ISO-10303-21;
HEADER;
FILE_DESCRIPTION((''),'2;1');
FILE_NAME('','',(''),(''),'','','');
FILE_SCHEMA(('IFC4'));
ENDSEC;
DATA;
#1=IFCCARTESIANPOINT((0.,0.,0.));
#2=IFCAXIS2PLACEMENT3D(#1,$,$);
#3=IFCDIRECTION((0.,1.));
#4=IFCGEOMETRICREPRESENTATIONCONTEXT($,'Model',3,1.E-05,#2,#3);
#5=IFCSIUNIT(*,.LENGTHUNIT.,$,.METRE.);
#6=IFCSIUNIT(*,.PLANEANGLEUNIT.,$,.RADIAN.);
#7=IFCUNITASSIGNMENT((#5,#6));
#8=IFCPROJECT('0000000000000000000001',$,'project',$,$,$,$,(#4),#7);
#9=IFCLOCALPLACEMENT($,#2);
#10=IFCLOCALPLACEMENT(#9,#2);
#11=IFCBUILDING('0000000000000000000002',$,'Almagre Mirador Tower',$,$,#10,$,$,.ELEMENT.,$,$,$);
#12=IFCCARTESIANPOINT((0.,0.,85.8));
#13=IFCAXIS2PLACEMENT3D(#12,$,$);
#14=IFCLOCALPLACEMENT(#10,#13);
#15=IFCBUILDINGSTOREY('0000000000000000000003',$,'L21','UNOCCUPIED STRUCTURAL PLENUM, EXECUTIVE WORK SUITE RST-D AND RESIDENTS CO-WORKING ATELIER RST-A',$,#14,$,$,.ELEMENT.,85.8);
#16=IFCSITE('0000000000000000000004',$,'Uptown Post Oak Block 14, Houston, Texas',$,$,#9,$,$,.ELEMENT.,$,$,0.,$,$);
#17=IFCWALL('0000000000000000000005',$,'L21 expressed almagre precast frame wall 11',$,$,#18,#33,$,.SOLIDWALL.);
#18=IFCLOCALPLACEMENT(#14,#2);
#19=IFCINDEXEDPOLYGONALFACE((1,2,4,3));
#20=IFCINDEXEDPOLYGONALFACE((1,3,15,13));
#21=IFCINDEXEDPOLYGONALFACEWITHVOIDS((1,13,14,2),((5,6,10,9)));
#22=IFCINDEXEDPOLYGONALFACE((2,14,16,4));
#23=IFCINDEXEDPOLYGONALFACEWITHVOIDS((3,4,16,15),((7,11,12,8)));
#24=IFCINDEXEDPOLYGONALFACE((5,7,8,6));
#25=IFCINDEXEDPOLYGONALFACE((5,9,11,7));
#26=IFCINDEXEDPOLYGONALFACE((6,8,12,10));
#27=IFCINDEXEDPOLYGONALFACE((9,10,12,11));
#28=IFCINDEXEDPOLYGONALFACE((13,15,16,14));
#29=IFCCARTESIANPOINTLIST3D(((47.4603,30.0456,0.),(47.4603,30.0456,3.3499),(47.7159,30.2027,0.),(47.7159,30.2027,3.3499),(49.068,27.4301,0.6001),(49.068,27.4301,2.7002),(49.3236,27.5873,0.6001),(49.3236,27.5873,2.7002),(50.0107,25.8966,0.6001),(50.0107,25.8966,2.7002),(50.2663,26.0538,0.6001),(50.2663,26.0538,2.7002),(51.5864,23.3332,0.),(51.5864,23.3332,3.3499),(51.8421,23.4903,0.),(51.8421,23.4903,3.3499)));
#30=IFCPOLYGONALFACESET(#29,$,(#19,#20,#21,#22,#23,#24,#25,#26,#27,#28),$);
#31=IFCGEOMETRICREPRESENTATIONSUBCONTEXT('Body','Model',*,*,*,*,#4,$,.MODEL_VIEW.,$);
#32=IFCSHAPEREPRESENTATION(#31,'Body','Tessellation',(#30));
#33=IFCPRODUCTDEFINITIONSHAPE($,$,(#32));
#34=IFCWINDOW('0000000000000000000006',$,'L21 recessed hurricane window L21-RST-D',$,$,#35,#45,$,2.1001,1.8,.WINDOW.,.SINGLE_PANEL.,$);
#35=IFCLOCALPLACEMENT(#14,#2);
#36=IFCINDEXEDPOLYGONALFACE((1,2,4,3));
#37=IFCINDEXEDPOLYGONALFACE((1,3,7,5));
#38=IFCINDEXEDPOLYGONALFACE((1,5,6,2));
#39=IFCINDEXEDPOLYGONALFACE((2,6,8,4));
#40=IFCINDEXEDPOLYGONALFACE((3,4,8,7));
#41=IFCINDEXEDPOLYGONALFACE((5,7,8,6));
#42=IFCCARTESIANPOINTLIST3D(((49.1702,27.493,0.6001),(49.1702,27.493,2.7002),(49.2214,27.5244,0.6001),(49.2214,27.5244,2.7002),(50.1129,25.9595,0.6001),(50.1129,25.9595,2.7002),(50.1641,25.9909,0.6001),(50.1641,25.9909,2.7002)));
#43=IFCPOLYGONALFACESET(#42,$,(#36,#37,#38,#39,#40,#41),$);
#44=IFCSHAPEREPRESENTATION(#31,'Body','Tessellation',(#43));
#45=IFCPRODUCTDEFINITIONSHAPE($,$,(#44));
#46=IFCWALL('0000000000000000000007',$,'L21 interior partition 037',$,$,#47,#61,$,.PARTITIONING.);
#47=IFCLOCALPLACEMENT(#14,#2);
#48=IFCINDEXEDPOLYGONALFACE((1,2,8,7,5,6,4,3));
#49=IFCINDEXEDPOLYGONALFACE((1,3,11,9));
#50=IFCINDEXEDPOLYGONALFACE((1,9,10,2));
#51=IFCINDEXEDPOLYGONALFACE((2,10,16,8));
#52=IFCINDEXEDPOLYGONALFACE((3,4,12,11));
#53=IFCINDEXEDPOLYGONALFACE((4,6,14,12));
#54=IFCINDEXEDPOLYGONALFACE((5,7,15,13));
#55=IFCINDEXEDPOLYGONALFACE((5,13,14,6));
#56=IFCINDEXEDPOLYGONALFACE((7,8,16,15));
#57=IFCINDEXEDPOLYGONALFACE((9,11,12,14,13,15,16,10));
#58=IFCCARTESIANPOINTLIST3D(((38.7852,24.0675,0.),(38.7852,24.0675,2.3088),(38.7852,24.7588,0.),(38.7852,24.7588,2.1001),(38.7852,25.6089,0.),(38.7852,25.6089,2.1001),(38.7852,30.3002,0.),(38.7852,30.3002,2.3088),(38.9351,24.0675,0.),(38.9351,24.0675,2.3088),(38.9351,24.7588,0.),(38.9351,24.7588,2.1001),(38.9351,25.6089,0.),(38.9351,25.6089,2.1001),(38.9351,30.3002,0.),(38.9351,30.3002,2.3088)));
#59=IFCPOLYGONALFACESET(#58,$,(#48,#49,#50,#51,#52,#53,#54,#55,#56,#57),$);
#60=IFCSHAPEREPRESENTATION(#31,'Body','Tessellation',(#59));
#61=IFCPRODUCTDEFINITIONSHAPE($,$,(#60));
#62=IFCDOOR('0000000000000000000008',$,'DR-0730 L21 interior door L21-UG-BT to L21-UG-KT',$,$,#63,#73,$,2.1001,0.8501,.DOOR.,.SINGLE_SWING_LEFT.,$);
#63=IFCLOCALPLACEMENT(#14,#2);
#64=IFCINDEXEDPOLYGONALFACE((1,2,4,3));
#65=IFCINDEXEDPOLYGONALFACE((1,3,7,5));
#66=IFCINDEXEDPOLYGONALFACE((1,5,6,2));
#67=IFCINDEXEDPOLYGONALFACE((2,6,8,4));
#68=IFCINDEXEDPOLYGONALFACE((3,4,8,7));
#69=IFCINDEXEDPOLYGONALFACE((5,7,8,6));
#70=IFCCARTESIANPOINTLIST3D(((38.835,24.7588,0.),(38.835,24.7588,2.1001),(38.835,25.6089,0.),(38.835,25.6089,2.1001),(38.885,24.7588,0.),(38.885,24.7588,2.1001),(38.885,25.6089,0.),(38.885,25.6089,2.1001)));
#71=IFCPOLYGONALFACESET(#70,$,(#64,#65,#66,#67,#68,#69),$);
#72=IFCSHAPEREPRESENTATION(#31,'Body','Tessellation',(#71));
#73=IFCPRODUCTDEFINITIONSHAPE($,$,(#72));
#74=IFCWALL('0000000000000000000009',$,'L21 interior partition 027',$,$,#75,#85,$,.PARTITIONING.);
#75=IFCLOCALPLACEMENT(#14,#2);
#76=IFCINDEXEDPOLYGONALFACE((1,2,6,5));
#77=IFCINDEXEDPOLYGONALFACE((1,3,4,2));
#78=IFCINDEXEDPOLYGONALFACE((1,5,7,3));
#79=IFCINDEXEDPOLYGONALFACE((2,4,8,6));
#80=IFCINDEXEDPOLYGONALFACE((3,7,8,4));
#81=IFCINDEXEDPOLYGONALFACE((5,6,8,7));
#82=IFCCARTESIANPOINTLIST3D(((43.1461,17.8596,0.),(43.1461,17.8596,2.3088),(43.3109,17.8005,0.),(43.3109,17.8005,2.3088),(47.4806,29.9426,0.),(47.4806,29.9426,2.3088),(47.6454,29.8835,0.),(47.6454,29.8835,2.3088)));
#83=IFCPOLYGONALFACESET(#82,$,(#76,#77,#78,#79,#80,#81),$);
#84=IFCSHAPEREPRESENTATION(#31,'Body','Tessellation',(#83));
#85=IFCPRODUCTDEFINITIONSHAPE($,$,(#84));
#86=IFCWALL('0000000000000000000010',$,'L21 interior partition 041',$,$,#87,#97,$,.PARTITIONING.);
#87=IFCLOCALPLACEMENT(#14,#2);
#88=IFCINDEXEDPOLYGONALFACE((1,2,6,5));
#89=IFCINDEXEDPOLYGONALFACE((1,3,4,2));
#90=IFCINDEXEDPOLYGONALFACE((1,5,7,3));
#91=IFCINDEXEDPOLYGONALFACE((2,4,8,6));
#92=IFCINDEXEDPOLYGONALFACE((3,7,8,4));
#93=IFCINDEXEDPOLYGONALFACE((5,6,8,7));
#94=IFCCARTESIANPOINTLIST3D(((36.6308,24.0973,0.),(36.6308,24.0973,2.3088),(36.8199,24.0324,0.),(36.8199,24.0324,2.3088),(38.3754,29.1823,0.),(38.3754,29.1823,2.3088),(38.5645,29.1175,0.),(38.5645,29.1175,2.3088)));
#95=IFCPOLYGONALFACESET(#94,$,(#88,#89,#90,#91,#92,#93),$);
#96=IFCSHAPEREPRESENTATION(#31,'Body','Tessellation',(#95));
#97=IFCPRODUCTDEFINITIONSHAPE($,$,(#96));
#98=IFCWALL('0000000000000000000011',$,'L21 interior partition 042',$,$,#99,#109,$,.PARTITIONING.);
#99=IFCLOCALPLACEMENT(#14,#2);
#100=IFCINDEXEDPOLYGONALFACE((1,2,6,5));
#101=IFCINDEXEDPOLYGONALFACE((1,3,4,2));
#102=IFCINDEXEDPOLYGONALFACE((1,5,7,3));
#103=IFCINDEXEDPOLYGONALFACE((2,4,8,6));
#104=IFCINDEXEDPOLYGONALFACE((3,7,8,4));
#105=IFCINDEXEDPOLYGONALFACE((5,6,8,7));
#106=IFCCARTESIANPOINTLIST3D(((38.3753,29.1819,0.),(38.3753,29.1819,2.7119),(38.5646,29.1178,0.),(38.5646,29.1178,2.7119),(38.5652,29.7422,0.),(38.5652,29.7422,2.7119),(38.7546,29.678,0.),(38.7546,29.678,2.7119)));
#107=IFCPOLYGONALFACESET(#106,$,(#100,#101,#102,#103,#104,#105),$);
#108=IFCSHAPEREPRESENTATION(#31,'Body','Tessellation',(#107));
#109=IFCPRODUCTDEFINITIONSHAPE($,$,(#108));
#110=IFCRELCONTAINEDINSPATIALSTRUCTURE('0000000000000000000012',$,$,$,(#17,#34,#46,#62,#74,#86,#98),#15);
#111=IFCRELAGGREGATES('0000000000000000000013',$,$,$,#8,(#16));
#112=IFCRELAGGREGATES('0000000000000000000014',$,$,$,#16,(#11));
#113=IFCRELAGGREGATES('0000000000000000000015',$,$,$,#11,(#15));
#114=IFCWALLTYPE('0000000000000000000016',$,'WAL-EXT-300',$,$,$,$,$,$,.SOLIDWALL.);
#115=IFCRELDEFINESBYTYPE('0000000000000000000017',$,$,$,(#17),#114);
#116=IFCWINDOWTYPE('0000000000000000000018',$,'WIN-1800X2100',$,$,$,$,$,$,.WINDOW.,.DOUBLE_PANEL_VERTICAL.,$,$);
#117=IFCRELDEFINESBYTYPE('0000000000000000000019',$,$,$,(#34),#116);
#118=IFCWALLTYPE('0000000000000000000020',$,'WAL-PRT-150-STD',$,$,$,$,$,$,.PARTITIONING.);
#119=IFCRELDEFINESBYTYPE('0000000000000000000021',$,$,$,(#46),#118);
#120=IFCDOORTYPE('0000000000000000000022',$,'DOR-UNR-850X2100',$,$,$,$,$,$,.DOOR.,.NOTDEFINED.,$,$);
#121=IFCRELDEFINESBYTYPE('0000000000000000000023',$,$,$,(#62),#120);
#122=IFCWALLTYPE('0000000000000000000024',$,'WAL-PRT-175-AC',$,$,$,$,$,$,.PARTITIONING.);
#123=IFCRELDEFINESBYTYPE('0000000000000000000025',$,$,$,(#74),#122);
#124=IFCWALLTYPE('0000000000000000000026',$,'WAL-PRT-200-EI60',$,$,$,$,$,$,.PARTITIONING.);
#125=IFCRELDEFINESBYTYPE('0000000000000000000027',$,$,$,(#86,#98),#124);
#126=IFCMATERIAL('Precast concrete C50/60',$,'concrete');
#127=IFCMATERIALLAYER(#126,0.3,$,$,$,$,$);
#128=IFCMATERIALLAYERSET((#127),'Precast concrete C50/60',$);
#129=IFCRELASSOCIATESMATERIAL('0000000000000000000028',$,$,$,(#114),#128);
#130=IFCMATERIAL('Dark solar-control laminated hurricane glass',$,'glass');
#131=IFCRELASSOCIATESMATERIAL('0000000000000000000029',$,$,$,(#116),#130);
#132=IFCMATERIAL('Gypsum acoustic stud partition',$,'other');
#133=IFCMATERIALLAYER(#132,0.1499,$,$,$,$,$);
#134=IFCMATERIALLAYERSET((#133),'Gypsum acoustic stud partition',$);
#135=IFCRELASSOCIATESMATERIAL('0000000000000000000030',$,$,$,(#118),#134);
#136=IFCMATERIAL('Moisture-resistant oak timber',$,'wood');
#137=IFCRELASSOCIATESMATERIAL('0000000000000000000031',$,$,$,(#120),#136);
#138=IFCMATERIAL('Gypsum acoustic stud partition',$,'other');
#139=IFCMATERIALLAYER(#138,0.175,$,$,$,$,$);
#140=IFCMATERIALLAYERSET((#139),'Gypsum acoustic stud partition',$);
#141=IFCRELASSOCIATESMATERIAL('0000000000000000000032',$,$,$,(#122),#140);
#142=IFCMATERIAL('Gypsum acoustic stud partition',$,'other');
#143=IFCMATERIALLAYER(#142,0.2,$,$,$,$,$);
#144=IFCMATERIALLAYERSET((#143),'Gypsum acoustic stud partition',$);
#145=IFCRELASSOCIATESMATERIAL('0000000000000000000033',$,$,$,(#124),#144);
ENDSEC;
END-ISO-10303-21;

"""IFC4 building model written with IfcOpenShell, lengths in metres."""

from ifc_helpers import new_model, si_unit, direction, frame, frame_2d, origin, place, context, subcontext, project, spatial, rectangle, extrude, material, layer, layer_set, type_object, element, fill, save


model = new_model("IFC4")

# Units and contexts
model_context = context("Model", 3, precision=1e-05, world=origin(), true_north=direction((0.0, 1.0)))
body_context = subcontext(model_context, "Body", "Model", "MODEL_VIEW")
ifc_project = project(units=[si_unit("LENGTHUNIT", "METRE"), si_unit("PLANEANGLEUNIT", "RADIAN")], contexts=[model_context])

# Site, building, storey
site_placement = place(None, origin())
site = spatial("IfcSite", under=ifc_project, at=site_placement, Name="Uptown Post Oak Block 14, Houston, Texas", CompositionType="ELEMENT", RefElevation=0.0)
building_placement = place(site_placement, origin())
building = spatial("IfcBuilding", under=site, at=building_placement, Name="Almagre Mirador Tower", CompositionType="ELEMENT")
storey_placement = place(building_placement, frame((0.0, 0.0, 85.8)))
storey = spatial("IfcBuildingStorey", under=building, at=storey_placement, Name="L21", Description="UNOCCUPIED STRUCTURAL PLENUM, EXECUTIVE WORK SUITE RST-D AND RESIDENTS CO-WORKING ATELIER RST-A", CompositionType="ELEMENT", Elevation=85.8)

# Wall, opening, window
ifc_material_1 = material(Name="Precast concrete C50/60", Category="concrete")
ifc_layer_1 = layer(ifc_material_1, 0.3)
ifc_layer_set_1 = layer_set([ifc_layer_1], Name="Precast concrete C50/60")
wall_type_1 = type_object("IfcWallType", Name="WAL-EXT-300", PredefinedType="SOLIDWALL", material=ifc_layer_set_1)
wall_1_placement = place(storey_placement, frame((47.5881, 30.124, 0.0), z_axis=(0.0, 0.0, 1.0), x_axis=(0.523684, -0.851912, 0.0)))
wall_1 = element("IfcWall", 1, at=wall_1_placement, inside=storey, type_object=wall_type_1, Name="L21 expressed almagre precast frame wall 11", PredefinedType="SOLIDWALL", context=body_context, shape_type="SweptSolid", body=[
    extrude(rectangle(XDim=7.8792, YDim=0.3, at=frame_2d((3.9395, 0.0))), origin(), (0.0, 0.0, 1.0), 3.3499),
])
opening_1_placement = place(wall_1_placement, frame((3.0701, 0.0, 0.6001)))
opening_1 = element("IfcOpeningElement", 2, at=opening_1_placement, cuts=wall_1, PredefinedType="OPENING", context=body_context, shape_type="SweptSolid", body=[
    extrude(rectangle(XDim=1.8, YDim=2.1001, at=frame_2d((0.8999, 1.05))), frame((0.0, 0.1599, 0.0), z_axis=(0.0, -1.0, 0.0), x_axis=(1.0, 0.0, 0.0)), (0.0, 0.0, 1.0), 0.32),
])
ifc_material_2 = material(Name="Dark solar-control laminated hurricane glass", Category="glass")
window_type = type_object("IfcWindowType", Name="WIN-1800X2100", PartitioningType="DOUBLE_PANEL_VERTICAL", PredefinedType="WINDOW", material=ifc_material_2)
window_placement = place(opening_1_placement, origin())
window = element("IfcWindow", 3, at=window_placement, inside=storey, type_object=window_type, Name="L21 recessed hurricane window L21-RST-D", OverallHeight=2.1001, OverallWidth=1.8, PartitioningType="SINGLE_PANEL", PredefinedType="WINDOW", context=body_context, shape_type="SweptSolid", body=[
    extrude(rectangle(XDim=1.8, YDim=2.1001, at=frame_2d((0.8999, 1.05))), frame((0.0, 0.03, 0.0), z_axis=(0.0, -1.0, 0.0), x_axis=(1.0, 0.0, 0.0)), (0.0, 0.0, 1.0), 0.0601),
])
fill(opening_1, window)

# Wall, opening, door
ifc_material_3 = material(Name="Gypsum acoustic stud partition", Category="other")
ifc_layer_2 = layer(ifc_material_3, 0.1499)
ifc_layer_set_2 = layer_set([ifc_layer_2], Name="Gypsum acoustic stud partition")
wall_type_2 = type_object("IfcWallType", Name="WAL-PRT-150-STD", PredefinedType="PARTITIONING", material=ifc_layer_set_2)
wall_2_placement = place(storey_placement, frame((38.8601, 30.3, 0.0), z_axis=(0.0, 0.0, 1.0), x_axis=(0.0, -1.0, 0.0)))
wall_2 = element("IfcWall", 4, at=wall_2_placement, inside=storey, type_object=wall_type_2, Name="L21 interior partition 037", PredefinedType="PARTITIONING", context=body_context, shape_type="SweptSolid", body=[
    extrude(rectangle(XDim=6.2327, YDim=0.1499, at=frame_2d((3.1162, 0.0))), origin(), (0.0, 0.0, 1.0), 2.3088),
])
opening_2_placement = place(wall_2_placement, frame((4.6912, 0.0, 0.0)))
opening_2 = element("IfcOpeningElement", 5, at=opening_2_placement, cuts=wall_2, PredefinedType="OPENING", context=body_context, shape_type="SweptSolid", body=[
    extrude(rectangle(XDim=0.8501, YDim=2.1001, at=frame_2d((0.425, 1.05))), frame((0.0, 0.085, 0.0), z_axis=(0.0, -1.0, 0.0), x_axis=(1.0, 0.0, 0.0)), (0.0, 0.0, 1.0), 0.1699),
])
ifc_material_4 = material(Name="Moisture-resistant oak timber", Category="wood")
door_type = type_object("IfcDoorType", Name="DOR-UNR-850X2100", OperationType="NOTDEFINED", PredefinedType="DOOR", material=ifc_material_4)
door_placement = place(opening_2_placement, origin())
door = element("IfcDoor", 6, at=door_placement, inside=storey, type_object=door_type, Name="DR-0730 L21 interior door L21-UG-BT to L21-UG-KT", OperationType="SINGLE_SWING_LEFT", OverallHeight=2.1001, OverallWidth=0.8501, PredefinedType="DOOR", context=body_context, shape_type="SweptSolid", body=[
    extrude(rectangle(XDim=0.8501, YDim=2.1001, at=frame_2d((0.425, 1.05))), frame((0.0, 0.0249, 0.0), z_axis=(0.0, -1.0, 0.0), x_axis=(1.0, 0.0, 0.0)), (0.0, 0.0, 1.0), 0.05),
])
fill(opening_2, door)

# Walls
ifc_material_5 = material(Name="Gypsum acoustic stud partition", Category="other")
ifc_layer_3 = layer(ifc_material_5, 0.175)
ifc_layer_set_3 = layer_set([ifc_layer_3], Name="Gypsum acoustic stud partition")
wall_type_3 = type_object("IfcWallType", Name="WAL-PRT-175-AC", PredefinedType="PARTITIONING", material=ifc_layer_set_3)
wall_3_placement = place(storey_placement, frame((47.563, 29.9131, 0.0), z_axis=(0.0, 0.0, 1.0), x_axis=(-0.337657, -0.941269, 0.0)))
element("IfcWall", 7, at=wall_3_placement, inside=storey, type_object=wall_type_3, Name="L21 interior partition 027", PredefinedType="PARTITIONING", context=body_context, shape_type="SweptSolid", body=[
    extrude(rectangle(XDim=12.8369, YDim=0.175, at=frame_2d((6.4185, 0.0))), origin(), (0.0, 0.0, 1.0), 2.3088),
])
ifc_material_6 = material(Name="Gypsum acoustic stud partition", Category="other")
ifc_layer_4 = layer(ifc_material_6, 0.2)
ifc_layer_set_4 = layer_set([ifc_layer_4], Name="Gypsum acoustic stud partition")
wall_type_4 = type_object("IfcWallType", Name="WAL-PRT-200-EI60", PredefinedType="PARTITIONING", material=ifc_layer_set_4)
wall_4_placement = place(storey_placement, frame((38.47, 29.1499, 0.0), z_axis=(0.0, 0.0, 1.0), x_axis=(-0.324526, -0.945877, 0.0)))
element("IfcWall", 8, at=wall_4_placement, inside=storey, type_object=wall_type_4, Name="L21 interior partition 041", PredefinedType="PARTITIONING", context=body_context, shape_type="SweptSolid", body=[
    extrude(rectangle(XDim=5.376, YDim=0.2, at=frame_2d((2.688, 0.0))), origin(), (0.0, 0.0, 1.0), 2.3088),
])
wall_5_placement = place(storey_placement, frame((38.6599, 29.7102, 0.0), z_axis=(0.0, 0.0, 1.0), x_axis=(-0.321052, -0.947062, 0.0)))
element("IfcWall", 9, at=wall_5_placement, inside=storey, type_object=wall_type_4, Name="L21 interior partition 042", PredefinedType="PARTITIONING", context=body_context, shape_type="SweptSolid", body=[
    extrude(rectangle(XDim=0.5916, YDim=0.2, at=frame_2d((0.2959, 0.0))), origin(), (0.0, 0.0, 1.0), 2.7119),
])

save(model, "model.ifc")
